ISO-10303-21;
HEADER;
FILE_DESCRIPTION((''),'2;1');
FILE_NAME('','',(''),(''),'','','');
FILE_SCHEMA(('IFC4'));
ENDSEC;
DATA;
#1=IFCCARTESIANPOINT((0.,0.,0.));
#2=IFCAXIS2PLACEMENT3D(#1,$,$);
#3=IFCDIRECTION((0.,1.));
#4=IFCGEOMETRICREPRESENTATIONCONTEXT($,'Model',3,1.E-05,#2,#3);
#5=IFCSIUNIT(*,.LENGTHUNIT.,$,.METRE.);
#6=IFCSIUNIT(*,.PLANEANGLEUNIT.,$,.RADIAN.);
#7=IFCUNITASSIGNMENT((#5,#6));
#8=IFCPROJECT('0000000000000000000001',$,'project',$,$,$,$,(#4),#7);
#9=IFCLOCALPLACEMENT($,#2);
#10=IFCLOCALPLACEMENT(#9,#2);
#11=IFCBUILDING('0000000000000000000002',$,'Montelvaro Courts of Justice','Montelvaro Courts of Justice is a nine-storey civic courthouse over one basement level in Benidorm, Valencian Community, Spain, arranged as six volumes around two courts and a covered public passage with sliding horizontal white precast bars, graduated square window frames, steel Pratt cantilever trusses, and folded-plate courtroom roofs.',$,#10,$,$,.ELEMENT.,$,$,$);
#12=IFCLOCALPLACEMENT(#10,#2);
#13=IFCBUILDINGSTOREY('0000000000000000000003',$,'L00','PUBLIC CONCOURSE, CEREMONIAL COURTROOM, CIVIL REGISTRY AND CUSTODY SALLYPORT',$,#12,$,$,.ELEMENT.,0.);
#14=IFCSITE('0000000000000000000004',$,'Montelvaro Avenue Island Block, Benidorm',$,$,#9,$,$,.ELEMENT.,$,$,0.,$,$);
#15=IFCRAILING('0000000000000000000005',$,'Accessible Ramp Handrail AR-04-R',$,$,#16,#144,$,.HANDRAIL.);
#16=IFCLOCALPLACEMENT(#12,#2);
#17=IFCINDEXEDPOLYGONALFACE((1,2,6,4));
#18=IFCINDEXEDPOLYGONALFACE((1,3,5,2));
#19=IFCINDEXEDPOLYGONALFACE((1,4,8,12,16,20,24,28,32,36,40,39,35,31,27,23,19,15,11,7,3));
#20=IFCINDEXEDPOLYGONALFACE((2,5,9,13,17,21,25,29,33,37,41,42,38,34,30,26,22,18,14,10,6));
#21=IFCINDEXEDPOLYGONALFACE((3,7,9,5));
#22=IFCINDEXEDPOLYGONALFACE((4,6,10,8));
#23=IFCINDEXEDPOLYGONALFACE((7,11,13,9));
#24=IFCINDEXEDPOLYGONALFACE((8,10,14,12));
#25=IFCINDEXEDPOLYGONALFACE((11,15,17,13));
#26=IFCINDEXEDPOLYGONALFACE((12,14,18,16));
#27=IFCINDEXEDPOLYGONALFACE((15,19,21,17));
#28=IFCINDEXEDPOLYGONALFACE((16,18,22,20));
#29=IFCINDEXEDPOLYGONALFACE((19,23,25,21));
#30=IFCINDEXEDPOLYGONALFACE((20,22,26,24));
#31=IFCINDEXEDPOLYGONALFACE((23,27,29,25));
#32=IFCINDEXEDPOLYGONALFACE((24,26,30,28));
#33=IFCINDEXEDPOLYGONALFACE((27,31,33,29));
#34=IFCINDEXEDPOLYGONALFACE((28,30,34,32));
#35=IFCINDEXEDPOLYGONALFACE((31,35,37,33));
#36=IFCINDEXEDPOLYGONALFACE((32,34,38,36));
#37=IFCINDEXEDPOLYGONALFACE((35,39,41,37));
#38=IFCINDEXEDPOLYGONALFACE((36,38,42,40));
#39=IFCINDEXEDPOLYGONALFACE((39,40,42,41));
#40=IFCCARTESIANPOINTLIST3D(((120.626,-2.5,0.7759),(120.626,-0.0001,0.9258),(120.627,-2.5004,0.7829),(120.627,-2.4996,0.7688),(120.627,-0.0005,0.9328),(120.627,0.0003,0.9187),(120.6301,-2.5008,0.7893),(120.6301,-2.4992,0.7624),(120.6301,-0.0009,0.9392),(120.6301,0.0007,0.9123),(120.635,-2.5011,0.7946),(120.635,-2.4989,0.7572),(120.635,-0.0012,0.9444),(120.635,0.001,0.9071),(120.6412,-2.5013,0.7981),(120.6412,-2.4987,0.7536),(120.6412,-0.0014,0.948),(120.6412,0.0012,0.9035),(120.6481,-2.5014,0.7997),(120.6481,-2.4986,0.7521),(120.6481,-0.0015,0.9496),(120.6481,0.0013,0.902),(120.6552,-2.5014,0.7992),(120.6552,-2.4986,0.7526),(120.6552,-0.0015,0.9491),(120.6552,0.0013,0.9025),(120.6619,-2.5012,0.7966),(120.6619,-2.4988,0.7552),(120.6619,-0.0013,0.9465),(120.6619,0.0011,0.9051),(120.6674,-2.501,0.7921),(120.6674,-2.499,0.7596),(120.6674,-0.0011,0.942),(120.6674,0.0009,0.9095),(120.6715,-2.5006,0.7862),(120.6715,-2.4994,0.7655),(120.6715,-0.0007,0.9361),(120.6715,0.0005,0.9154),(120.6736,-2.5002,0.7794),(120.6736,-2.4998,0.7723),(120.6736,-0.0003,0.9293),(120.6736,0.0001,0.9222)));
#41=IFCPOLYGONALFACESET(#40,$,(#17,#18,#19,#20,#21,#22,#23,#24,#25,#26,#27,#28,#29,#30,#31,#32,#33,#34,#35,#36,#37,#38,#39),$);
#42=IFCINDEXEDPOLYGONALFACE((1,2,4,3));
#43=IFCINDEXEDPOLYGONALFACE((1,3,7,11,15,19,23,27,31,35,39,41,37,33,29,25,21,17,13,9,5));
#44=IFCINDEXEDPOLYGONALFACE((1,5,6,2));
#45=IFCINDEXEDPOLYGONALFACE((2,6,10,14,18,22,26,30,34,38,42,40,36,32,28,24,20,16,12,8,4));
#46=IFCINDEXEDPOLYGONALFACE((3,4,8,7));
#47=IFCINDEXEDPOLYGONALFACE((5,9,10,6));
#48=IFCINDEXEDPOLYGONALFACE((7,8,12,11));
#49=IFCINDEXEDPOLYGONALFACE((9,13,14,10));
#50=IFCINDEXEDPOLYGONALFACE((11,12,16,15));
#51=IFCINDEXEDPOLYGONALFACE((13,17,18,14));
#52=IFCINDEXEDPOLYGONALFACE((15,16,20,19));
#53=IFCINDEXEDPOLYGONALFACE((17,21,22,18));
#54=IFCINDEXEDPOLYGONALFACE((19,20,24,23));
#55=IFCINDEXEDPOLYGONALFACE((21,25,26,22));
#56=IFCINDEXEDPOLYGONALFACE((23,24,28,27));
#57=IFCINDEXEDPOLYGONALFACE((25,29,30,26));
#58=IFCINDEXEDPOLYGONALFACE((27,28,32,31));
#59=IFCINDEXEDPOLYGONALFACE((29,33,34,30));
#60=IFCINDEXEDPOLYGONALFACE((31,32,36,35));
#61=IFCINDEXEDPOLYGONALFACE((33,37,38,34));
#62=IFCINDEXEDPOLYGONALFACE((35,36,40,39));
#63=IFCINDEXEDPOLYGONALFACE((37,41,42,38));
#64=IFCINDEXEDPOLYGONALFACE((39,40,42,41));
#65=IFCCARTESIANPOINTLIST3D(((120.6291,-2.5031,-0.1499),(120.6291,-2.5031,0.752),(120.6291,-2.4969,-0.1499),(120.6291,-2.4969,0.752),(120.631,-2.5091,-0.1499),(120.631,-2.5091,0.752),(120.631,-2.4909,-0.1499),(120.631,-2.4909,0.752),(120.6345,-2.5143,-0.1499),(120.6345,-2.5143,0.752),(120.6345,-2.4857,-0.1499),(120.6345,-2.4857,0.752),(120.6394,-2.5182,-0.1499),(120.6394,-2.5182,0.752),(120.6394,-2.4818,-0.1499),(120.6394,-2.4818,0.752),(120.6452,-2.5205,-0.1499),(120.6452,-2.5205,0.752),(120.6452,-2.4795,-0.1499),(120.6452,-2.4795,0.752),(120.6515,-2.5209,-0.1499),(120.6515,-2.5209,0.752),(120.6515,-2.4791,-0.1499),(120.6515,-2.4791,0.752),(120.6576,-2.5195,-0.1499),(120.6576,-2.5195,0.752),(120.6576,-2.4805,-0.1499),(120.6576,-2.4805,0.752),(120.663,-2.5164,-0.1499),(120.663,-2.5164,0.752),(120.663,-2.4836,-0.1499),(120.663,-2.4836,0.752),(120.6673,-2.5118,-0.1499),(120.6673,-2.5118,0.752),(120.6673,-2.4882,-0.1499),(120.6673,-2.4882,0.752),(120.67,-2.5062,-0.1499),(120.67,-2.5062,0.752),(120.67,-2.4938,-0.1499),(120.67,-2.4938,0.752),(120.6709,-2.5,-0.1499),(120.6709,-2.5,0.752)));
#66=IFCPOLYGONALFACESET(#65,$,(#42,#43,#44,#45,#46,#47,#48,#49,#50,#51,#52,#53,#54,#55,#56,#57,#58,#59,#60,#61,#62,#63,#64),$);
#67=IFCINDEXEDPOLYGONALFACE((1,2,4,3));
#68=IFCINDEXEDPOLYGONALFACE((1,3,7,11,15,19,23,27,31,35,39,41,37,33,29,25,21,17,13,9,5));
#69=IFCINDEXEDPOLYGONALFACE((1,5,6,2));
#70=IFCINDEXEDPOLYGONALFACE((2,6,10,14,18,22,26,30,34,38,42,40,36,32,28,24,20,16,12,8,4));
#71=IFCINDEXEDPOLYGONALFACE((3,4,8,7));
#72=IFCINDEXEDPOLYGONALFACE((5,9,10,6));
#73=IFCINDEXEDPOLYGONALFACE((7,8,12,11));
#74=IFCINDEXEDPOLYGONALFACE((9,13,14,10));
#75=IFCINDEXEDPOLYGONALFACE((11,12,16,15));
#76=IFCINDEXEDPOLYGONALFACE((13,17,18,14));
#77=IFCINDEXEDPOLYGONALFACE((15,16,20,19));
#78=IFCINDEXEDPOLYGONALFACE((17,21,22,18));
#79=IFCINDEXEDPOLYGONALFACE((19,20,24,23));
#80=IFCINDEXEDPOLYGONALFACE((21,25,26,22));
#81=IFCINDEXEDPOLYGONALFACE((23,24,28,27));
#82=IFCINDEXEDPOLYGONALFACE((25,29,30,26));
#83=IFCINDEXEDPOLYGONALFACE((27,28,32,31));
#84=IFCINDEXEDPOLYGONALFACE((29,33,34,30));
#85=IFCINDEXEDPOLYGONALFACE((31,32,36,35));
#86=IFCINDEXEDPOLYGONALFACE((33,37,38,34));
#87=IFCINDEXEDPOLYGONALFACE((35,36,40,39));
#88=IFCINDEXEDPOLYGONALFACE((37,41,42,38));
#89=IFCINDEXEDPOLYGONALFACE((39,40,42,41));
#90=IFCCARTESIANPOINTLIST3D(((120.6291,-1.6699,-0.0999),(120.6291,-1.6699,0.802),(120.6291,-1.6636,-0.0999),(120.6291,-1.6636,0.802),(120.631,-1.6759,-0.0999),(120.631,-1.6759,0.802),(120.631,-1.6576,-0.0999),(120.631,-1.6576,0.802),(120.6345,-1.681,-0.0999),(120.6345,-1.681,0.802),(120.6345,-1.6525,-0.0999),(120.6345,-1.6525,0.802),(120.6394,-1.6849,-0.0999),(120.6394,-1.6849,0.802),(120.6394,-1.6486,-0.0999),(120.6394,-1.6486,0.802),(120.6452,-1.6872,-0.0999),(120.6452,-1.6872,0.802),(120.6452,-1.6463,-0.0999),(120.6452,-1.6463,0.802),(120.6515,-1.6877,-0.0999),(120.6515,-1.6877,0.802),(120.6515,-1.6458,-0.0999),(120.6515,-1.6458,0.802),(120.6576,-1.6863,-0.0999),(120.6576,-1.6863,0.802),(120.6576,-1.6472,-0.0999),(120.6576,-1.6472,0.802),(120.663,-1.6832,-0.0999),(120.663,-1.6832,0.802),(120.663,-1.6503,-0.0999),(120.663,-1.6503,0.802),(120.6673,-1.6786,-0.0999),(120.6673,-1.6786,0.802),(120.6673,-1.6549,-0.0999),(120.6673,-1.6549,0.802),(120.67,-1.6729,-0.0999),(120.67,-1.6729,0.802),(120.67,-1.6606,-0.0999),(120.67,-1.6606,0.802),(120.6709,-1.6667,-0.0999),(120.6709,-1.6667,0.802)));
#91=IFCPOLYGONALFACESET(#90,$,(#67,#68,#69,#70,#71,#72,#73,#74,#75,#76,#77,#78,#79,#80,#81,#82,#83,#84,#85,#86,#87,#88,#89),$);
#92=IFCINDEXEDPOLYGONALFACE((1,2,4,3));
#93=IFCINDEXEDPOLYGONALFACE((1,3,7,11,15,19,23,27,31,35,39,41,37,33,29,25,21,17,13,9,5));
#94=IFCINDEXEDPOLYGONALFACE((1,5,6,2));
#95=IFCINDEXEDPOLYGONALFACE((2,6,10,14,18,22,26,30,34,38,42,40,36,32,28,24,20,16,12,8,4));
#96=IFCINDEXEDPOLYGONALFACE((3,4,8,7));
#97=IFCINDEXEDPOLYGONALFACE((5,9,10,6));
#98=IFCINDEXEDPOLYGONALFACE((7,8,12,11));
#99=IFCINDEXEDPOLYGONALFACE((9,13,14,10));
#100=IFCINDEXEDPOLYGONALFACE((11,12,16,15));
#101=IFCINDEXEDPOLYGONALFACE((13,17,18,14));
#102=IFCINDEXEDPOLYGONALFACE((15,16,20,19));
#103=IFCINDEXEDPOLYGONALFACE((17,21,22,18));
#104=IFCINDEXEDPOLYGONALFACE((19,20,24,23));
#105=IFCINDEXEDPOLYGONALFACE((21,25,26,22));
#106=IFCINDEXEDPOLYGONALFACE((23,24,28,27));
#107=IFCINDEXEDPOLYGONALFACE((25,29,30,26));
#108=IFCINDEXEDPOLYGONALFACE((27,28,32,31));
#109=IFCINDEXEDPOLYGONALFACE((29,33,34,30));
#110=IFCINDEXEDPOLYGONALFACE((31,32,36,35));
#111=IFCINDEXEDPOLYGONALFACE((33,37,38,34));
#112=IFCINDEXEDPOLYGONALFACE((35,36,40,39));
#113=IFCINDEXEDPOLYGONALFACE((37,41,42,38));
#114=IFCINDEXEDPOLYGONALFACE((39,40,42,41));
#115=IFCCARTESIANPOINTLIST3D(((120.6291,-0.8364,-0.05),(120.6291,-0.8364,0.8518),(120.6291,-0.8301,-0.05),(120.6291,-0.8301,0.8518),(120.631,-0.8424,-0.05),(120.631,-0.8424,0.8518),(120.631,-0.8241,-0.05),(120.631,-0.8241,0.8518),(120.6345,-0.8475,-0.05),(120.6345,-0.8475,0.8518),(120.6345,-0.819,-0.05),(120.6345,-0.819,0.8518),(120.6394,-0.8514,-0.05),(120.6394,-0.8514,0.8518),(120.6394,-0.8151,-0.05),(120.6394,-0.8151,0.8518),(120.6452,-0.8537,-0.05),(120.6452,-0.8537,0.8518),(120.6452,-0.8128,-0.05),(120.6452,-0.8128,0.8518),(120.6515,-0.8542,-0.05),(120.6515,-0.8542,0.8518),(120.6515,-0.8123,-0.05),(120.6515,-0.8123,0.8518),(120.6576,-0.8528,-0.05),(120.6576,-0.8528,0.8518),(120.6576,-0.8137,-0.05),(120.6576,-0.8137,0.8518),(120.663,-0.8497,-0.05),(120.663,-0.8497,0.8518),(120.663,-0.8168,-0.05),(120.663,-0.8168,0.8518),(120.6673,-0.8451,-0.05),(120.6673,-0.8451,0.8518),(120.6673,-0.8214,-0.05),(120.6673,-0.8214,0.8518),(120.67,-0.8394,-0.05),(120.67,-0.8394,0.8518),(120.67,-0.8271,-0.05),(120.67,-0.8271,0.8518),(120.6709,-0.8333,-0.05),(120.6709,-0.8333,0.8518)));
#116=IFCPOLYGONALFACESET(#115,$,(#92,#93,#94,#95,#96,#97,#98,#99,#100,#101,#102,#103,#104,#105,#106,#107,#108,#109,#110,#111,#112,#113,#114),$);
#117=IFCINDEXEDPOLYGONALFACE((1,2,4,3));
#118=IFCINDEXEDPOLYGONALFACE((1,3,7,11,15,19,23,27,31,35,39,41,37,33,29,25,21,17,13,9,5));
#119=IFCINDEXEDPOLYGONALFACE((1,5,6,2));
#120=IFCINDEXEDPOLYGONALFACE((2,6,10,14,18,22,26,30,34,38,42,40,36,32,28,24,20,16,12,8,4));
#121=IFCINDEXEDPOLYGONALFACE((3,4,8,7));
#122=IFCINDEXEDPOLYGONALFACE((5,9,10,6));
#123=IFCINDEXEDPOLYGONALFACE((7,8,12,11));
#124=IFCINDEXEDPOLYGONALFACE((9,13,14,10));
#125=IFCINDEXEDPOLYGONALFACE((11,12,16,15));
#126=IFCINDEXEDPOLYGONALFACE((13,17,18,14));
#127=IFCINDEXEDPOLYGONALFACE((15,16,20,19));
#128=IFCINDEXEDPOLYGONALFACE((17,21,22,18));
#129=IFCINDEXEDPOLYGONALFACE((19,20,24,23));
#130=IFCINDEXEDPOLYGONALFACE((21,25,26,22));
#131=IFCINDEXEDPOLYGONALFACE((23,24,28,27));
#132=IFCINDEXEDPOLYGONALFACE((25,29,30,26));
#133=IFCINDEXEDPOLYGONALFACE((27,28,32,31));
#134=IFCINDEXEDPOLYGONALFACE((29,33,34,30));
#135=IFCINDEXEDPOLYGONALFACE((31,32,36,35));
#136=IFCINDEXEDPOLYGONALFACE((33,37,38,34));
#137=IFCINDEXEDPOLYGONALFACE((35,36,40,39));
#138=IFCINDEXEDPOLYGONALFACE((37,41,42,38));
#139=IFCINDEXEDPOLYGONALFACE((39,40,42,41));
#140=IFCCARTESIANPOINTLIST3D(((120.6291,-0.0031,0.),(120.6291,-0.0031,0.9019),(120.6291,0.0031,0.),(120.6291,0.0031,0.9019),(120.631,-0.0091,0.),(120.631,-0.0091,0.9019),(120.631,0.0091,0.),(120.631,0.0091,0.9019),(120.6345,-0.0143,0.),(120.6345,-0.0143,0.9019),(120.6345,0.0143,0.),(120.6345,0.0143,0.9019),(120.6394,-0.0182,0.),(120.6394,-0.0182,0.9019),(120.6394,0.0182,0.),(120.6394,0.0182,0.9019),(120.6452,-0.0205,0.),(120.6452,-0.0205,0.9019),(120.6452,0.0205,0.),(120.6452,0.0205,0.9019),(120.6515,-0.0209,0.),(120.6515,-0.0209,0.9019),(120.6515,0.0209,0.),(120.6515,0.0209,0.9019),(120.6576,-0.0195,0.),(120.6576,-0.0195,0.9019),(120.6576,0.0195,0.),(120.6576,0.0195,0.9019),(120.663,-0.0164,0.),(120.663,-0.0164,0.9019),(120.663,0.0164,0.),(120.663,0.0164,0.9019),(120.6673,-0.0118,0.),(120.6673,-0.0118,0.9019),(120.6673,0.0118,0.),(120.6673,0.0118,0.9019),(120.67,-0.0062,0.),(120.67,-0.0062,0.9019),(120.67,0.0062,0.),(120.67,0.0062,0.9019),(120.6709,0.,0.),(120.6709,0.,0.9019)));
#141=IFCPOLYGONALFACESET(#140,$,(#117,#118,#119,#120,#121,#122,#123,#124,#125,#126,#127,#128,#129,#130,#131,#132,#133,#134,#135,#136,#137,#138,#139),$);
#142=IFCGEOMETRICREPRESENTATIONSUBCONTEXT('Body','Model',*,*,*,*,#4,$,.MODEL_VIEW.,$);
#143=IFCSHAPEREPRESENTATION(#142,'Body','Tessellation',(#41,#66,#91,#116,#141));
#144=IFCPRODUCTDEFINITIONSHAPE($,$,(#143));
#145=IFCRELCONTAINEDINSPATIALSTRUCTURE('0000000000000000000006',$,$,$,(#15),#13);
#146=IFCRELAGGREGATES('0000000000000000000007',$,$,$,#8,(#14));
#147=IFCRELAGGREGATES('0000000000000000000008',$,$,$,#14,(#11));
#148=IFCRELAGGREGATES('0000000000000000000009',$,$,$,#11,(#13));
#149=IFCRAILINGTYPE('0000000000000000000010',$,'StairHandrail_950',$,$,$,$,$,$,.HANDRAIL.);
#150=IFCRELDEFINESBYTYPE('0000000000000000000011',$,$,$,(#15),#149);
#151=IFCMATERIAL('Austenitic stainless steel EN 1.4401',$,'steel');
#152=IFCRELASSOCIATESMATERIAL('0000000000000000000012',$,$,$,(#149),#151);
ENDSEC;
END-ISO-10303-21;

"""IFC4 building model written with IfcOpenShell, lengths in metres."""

from ifc_helpers import new_model, si_unit, direction, frame, origin, origin_2d, place, context, subcontext, project, spatial, circle, extrude, material, type_object, element, save


model = new_model("IFC4")

# Units and contexts
model_context = context("Model", 3, precision=1e-05, world=origin(), true_north=direction((0.0, 1.0)))
body_context = subcontext(model_context, "Body", "Model", "MODEL_VIEW")
ifc_project = project(units=[si_unit("LENGTHUNIT", "METRE"), si_unit("PLANEANGLEUNIT", "RADIAN")], contexts=[model_context])

# Site, building, storey
site_placement = place(None, origin())
site = spatial("IfcSite", under=ifc_project, at=site_placement, Name="Montelvaro Avenue Island Block, Benidorm", CompositionType="ELEMENT", RefElevation=0.0)
building_placement = place(site_placement, origin())
building = spatial("IfcBuilding", under=site, at=building_placement, Name="Montelvaro Courts of Justice", Description="Montelvaro Courts of Justice is a nine-storey civic courthouse over one basement level in Benidorm, Valencian Community, Spain, arranged as six volumes around two courts and a covered public passage with sliding horizontal white precast bars, graduated square window frames, steel Pratt cantilever trusses, and folded-plate courtroom roofs.", CompositionType="ELEMENT")
storey_placement = place(building_placement, origin())
storey = spatial("IfcBuildingStorey", under=building, at=storey_placement, Name="L00", Description="PUBLIC CONCOURSE, CEREMONIAL COURTROOM, CIVIL REGISTRY AND CUSTODY SALLYPORT", CompositionType="ELEMENT", Elevation=0.0)

# Railing
ifc_material_1 = material(Name="Austenitic stainless steel EN 1.4401", Category="steel")
railing_type = type_object("IfcRailingType", Name="StairHandrail_950", PredefinedType="HANDRAIL", material=ifc_material_1)
for number, where, name in (
    (1, (120.6499, -2.5, -0.1499), "Accessible Ramp Handrail AR-04-R"),
):
    element("IfcRailing", number, at=place(storey_placement, frame(where)), inside=storey, type_object=railing_type, Name=name, PredefinedType="HANDRAIL", context=body_context, shape_type="SweptSolid", body=[
        extrude(circle(Radius=0.0239, at=origin_2d()), frame((0.0, 0.0, 0.9258), z_axis=(0.0, 0.998207, 0.059853), x_axis=(-1.0, 0.0, 0.0)), (0.0, 0.0, 1.0), 2.5044),
        extrude(circle(Radius=0.021, at=origin_2d()), origin(), (0.0, 0.0, 1.0), 0.9019),
        extrude(circle(Radius=0.021, at=origin_2d()), frame((0.0, 0.8333, 0.05)), (0.0, 0.0, 1.0), 0.9019),
        extrude(circle(Radius=0.021, at=origin_2d()), frame((0.0, 1.6667, 0.0999)), (0.0, 0.0, 1.0), 0.9019),
        extrude(circle(Radius=0.021, at=origin_2d()), frame((0.0, 2.5, 0.1499)), (0.0, 0.0, 1.0), 0.9019),
    ])

save(model, "model.ifc")
